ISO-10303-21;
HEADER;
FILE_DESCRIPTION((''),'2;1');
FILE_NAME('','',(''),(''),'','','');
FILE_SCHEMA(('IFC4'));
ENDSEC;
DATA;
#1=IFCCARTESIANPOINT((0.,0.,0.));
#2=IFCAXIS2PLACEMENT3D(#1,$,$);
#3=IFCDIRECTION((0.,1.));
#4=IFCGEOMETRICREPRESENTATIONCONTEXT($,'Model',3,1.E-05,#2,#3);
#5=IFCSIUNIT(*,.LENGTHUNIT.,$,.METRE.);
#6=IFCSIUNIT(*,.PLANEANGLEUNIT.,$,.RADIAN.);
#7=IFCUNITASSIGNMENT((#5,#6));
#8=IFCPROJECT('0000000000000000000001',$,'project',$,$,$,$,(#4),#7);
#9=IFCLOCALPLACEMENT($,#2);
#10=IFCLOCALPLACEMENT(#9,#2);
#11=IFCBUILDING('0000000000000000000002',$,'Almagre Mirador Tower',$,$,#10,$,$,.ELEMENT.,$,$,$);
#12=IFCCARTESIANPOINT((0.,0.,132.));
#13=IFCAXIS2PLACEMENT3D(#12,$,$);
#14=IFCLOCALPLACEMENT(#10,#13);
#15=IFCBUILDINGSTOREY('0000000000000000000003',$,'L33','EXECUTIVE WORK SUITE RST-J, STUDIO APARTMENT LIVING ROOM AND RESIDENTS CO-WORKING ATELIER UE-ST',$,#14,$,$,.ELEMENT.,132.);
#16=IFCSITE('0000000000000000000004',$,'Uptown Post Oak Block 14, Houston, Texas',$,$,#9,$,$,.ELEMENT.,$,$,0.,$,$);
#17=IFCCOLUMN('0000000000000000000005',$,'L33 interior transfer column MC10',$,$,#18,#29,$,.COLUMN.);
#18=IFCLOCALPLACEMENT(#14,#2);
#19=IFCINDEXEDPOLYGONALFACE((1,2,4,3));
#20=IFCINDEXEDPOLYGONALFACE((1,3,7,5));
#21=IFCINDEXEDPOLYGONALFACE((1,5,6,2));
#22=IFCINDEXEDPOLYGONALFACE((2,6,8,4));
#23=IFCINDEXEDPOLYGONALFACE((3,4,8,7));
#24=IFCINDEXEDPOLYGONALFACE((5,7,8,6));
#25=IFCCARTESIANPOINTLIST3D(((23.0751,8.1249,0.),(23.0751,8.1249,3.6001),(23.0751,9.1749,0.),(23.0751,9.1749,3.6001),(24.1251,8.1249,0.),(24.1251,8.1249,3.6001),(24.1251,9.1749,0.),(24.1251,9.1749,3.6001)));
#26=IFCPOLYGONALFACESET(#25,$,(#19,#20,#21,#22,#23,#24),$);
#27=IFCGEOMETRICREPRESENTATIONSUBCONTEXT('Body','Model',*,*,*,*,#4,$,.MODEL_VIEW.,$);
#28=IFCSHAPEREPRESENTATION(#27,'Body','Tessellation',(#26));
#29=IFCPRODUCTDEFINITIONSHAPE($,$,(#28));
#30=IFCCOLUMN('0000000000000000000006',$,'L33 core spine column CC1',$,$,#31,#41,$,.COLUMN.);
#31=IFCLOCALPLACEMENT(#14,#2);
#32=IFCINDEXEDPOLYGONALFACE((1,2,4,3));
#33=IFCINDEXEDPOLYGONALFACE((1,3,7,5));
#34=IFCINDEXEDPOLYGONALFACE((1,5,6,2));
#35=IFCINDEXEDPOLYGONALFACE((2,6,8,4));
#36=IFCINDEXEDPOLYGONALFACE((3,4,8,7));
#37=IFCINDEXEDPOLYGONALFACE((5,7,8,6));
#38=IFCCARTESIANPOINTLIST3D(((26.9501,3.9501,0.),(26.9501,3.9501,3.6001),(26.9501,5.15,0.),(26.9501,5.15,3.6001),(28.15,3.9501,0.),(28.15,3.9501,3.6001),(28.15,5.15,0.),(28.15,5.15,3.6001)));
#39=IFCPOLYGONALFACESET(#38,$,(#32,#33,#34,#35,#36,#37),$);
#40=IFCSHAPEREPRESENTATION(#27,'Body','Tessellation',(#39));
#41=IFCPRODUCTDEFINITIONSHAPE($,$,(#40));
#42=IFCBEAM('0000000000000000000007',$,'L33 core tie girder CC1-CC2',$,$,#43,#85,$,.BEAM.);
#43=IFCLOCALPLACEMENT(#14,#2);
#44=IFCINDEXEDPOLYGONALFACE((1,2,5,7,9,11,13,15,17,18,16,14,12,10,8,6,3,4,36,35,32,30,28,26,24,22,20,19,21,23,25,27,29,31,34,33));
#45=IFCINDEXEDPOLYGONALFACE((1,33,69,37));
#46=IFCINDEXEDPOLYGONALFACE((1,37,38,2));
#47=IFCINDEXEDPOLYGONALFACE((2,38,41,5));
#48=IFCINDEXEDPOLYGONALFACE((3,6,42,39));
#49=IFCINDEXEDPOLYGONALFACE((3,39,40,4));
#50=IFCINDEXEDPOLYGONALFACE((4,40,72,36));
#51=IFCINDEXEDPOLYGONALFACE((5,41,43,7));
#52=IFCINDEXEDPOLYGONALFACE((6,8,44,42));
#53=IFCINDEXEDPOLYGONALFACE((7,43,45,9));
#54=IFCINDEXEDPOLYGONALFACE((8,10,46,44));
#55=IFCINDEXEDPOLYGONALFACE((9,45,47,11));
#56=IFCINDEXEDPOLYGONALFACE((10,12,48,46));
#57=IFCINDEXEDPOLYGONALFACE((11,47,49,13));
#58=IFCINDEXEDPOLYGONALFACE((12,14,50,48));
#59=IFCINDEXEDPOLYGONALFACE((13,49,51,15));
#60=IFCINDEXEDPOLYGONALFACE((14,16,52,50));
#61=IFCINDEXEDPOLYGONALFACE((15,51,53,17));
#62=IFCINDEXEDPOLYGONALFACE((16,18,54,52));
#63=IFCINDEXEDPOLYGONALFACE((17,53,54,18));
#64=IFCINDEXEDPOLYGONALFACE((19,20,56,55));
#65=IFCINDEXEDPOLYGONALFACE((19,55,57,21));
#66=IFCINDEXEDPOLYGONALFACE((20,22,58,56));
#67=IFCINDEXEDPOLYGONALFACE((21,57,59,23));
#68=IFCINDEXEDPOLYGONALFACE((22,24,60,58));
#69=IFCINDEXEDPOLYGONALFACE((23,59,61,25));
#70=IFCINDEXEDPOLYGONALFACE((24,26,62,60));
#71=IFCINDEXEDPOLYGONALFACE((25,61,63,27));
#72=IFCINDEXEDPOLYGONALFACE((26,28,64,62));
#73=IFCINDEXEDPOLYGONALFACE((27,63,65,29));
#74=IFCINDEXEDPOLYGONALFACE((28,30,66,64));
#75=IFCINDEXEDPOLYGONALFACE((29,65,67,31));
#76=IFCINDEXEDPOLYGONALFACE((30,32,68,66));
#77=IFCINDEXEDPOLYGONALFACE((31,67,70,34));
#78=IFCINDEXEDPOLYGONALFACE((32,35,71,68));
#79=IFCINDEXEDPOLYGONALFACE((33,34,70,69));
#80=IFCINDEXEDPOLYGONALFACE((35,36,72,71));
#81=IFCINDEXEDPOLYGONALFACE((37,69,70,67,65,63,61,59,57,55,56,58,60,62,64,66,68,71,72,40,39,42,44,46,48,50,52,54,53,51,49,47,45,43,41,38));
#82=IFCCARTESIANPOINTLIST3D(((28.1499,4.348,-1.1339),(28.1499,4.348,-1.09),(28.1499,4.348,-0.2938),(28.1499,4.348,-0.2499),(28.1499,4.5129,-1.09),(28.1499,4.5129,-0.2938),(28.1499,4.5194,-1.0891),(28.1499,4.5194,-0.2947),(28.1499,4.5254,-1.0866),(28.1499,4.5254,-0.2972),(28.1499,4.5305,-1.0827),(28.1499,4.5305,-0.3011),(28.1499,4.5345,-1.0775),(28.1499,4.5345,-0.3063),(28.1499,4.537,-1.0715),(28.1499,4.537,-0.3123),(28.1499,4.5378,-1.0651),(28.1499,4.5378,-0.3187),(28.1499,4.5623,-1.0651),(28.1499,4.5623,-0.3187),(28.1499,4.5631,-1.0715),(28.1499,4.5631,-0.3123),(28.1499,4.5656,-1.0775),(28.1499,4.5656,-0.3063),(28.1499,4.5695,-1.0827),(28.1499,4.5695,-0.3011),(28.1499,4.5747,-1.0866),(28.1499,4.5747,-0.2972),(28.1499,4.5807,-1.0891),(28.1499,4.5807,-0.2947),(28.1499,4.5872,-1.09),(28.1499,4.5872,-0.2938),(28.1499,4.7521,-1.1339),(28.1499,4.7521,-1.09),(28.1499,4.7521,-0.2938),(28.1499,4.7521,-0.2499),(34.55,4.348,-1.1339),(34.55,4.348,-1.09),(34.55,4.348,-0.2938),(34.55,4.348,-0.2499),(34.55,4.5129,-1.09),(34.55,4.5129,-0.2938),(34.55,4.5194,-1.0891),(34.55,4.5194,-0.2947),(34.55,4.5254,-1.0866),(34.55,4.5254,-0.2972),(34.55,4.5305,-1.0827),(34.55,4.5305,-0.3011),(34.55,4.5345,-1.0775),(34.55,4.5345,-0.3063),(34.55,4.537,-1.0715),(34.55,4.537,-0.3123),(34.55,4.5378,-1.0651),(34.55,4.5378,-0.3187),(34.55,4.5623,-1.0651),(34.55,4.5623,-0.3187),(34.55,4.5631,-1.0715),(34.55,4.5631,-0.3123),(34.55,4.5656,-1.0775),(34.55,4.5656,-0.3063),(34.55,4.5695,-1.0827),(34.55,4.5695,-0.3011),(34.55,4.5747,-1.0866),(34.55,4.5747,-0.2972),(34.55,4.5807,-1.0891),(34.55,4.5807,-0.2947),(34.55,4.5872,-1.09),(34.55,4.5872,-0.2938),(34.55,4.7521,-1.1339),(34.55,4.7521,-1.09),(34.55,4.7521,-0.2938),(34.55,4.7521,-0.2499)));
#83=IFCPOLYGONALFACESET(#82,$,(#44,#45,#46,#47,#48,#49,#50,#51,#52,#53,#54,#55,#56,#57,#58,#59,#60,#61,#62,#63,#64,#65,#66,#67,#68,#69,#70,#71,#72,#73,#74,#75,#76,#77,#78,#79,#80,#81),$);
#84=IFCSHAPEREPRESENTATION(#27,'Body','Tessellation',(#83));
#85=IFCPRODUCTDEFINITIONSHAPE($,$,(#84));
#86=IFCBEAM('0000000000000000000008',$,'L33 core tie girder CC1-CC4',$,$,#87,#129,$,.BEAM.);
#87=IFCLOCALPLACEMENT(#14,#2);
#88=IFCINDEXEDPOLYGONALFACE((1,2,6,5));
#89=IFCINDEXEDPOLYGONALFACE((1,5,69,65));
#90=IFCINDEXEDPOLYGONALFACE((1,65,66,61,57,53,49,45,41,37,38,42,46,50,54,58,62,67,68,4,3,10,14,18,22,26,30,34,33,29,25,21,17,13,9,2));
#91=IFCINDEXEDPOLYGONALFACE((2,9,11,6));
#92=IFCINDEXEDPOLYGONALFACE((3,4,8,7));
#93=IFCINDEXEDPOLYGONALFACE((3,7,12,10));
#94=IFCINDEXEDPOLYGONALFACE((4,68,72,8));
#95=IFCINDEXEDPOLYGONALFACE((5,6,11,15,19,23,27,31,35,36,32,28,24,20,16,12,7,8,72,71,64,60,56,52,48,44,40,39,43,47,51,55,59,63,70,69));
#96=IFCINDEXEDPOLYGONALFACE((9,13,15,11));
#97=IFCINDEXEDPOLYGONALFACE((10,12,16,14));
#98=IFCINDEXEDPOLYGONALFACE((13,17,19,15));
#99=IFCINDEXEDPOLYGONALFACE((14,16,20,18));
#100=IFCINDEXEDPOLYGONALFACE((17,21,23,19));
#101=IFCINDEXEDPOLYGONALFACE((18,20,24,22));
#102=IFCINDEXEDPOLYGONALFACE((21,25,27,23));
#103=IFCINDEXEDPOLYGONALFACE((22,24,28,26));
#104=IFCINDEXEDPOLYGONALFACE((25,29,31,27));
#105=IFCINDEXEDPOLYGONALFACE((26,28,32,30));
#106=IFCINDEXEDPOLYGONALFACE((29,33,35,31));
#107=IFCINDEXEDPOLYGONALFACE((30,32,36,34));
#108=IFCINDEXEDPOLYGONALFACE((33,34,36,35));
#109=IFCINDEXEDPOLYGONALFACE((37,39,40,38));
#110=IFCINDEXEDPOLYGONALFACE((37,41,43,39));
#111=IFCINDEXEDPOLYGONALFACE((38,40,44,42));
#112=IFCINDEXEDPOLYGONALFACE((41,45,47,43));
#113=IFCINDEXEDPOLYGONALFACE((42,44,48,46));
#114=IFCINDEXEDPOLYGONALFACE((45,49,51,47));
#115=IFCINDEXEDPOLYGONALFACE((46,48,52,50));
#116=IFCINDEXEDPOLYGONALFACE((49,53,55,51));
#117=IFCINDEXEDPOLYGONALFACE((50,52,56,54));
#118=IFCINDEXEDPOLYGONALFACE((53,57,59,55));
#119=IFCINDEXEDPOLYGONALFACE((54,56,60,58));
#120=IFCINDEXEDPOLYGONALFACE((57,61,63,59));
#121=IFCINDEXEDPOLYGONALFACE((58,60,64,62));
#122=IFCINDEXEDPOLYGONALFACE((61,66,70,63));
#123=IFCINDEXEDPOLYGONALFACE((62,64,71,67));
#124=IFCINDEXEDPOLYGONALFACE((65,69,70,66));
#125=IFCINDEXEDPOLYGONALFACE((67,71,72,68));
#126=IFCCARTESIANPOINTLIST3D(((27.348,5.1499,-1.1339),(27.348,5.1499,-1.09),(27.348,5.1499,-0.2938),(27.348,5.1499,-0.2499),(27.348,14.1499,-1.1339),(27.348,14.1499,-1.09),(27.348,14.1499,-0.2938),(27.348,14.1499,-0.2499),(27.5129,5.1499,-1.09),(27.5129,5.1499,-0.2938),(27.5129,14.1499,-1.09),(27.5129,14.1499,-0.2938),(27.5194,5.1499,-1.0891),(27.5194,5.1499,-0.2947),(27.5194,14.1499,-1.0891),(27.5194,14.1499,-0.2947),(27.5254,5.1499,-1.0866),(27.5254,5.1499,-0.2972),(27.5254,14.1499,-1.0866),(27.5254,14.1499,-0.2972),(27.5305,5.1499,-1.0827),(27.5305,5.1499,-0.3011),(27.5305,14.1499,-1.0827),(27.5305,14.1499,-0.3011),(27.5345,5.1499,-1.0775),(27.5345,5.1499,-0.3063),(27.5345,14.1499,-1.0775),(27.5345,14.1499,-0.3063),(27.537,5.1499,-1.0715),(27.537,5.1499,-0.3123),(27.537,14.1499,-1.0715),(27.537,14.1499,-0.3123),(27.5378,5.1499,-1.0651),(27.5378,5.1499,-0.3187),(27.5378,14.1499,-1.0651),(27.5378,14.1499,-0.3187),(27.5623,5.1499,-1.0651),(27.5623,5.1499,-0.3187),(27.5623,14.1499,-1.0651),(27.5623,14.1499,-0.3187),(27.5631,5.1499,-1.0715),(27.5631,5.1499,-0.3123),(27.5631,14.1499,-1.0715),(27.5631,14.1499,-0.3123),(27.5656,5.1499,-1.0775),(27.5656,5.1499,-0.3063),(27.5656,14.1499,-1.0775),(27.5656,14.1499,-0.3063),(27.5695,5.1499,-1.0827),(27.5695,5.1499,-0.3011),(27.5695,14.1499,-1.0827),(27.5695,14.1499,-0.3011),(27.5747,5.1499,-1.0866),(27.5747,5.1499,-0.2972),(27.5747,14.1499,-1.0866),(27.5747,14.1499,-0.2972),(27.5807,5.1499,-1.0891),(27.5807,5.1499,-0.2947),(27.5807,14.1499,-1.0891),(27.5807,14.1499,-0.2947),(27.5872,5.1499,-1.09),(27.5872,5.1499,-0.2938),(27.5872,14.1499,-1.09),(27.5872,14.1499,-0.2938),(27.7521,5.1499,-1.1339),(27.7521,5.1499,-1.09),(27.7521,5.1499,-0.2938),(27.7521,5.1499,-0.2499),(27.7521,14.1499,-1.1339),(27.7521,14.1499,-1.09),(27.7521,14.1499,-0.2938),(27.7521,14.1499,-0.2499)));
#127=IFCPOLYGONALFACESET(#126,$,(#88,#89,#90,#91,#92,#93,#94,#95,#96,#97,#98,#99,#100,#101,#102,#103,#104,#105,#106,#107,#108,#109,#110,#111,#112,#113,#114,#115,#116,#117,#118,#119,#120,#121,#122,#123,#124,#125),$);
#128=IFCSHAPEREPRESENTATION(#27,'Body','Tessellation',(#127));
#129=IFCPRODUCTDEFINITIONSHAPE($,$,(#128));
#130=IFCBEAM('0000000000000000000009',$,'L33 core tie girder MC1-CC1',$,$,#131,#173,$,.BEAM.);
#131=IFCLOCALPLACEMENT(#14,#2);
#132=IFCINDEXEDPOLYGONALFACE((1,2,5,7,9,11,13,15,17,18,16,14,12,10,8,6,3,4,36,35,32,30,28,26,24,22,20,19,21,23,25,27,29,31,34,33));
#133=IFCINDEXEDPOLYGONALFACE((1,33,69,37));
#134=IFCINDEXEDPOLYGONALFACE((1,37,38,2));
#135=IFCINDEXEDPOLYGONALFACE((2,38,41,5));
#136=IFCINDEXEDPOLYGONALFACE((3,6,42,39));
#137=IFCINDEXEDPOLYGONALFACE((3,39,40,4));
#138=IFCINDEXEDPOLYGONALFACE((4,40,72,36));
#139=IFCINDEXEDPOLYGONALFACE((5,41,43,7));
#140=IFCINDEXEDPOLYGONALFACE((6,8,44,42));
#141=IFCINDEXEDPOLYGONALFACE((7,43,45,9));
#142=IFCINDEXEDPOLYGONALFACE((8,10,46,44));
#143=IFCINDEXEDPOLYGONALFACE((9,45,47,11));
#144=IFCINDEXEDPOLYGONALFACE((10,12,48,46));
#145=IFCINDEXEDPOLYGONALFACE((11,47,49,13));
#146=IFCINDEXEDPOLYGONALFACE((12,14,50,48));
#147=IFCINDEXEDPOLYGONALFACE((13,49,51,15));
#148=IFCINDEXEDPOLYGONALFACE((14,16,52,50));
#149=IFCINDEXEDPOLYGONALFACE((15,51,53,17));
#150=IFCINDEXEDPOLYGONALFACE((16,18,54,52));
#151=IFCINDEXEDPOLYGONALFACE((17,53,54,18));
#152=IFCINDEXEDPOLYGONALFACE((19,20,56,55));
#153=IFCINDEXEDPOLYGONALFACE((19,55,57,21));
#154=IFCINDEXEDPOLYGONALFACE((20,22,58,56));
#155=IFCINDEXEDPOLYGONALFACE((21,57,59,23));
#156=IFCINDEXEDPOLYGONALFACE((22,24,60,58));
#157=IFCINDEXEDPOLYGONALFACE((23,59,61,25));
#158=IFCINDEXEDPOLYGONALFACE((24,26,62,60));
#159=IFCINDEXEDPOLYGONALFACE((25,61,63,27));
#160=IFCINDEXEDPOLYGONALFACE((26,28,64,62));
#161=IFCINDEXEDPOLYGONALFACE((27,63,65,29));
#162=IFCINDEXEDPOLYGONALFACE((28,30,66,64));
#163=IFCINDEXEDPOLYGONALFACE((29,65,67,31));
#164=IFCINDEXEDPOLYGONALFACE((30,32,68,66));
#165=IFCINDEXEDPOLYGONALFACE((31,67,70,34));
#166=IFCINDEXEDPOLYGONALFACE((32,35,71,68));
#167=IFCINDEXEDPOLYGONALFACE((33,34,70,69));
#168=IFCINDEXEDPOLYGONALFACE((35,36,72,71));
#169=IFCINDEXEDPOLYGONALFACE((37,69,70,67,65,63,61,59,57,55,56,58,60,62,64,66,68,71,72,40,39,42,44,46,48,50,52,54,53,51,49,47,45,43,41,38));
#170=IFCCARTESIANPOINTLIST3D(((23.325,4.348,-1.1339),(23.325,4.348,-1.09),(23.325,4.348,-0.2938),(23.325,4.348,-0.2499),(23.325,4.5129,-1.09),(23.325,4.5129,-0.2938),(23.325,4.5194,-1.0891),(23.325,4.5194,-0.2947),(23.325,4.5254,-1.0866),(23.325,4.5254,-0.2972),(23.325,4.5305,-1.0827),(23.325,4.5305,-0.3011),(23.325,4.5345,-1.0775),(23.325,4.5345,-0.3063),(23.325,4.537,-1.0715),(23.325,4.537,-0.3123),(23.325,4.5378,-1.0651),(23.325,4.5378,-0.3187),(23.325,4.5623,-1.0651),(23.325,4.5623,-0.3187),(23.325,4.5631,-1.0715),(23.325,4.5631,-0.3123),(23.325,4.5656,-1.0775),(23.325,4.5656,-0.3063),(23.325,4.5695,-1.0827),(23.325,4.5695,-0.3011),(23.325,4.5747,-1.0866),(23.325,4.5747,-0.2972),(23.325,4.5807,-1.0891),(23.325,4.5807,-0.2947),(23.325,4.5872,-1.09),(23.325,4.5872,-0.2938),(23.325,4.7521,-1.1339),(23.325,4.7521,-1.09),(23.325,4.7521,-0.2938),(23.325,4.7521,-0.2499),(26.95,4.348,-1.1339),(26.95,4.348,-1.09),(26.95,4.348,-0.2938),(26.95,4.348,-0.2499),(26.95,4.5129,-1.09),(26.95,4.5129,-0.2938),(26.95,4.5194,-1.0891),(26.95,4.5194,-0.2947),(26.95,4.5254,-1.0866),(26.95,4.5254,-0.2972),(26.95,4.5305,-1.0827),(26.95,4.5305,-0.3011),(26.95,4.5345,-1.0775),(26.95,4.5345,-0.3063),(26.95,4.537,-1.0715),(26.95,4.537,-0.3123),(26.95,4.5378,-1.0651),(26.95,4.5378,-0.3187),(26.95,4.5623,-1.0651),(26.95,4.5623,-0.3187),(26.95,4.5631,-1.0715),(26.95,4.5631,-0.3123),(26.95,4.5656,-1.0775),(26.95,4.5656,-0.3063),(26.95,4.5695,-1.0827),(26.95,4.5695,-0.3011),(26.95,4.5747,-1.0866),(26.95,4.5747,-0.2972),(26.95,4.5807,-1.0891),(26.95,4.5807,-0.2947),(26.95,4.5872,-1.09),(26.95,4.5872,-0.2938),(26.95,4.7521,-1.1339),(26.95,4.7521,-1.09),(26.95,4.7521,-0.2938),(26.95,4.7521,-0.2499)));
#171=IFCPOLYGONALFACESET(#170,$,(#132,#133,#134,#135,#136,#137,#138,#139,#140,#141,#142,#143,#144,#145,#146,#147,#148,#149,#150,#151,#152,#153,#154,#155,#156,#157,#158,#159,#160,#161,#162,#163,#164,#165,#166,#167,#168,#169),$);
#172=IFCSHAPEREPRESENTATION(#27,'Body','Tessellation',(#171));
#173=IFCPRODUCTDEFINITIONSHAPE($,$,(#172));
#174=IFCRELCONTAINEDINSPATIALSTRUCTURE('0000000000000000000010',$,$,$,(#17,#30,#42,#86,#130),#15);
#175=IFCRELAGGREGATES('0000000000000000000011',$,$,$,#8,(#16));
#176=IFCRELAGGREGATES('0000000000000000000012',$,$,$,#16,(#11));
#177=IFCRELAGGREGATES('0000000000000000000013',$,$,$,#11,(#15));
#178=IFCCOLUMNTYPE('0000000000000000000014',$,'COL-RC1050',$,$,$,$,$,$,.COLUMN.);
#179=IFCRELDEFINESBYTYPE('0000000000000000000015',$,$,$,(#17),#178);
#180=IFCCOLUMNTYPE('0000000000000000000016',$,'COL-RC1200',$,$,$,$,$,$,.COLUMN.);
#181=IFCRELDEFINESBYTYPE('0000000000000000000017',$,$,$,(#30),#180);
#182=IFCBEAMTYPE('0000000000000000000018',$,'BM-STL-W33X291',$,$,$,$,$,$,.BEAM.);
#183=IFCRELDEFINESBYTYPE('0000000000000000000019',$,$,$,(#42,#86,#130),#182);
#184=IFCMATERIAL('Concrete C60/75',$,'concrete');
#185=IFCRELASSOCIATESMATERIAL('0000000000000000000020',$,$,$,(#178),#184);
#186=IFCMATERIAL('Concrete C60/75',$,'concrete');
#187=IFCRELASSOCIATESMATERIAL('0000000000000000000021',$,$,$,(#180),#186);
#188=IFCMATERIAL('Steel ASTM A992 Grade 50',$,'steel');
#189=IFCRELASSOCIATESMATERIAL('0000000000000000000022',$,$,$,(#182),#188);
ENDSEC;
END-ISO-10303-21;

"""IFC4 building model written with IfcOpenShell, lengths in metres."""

from ifc_helpers import new_model, si_unit, direction, frame, origin, origin_2d, place, context, subcontext, project, spatial, rectangle, i_section, extrude, material, material_profile, profile_set, type_object, element, save


model = new_model("IFC4")

# Units and contexts
model_context = context("Model", 3, precision=1e-05, world=origin(), true_north=direction((0.0, 1.0)))
body_context = subcontext(model_context, "Body", "Model", "MODEL_VIEW")
ifc_project = project(units=[si_unit("LENGTHUNIT", "METRE"), si_unit("PLANEANGLEUNIT", "RADIAN")], contexts=[model_context])

# Site, building, storey
site_placement = place(None, origin())
site = spatial("IfcSite", under=ifc_project, at=site_placement, Name="Uptown Post Oak Block 14, Houston, Texas", CompositionType="ELEMENT", RefElevation=0.0)
building_placement = place(site_placement, origin())
building = spatial("IfcBuilding", under=site, at=building_placement, Name="Almagre Mirador Tower", CompositionType="ELEMENT")
storey_placement = place(building_placement, frame((0.0, 0.0, 132.0)))
storey = spatial("IfcBuildingStorey", under=building, at=storey_placement, Name="L33", Description="EXECUTIVE WORK SUITE RST-J, STUDIO APARTMENT LIVING ROOM AND RESIDENTS CO-WORKING ATELIER UE-ST", CompositionType="ELEMENT", Elevation=132.0)

# Columns
ifc_material_1 = material(Name="Concrete C60/75", Category="concrete")
ifc_material_profile_1 = material_profile(ifc_material_1, rectangle(XDim=1.05, YDim=1.05, at=origin_2d()), Name="RC1050X1050")
ifc_profile_set_1 = profile_set([ifc_material_profile_1], Name="Concrete C60/75")
column_type_1 = type_object("IfcColumnType", Name="COL-RC1050", PredefinedType="COLUMN", material=ifc_profile_set_1)
column_1_placement = place(storey_placement, frame((23.6001, 8.6499, 0.0), z_axis=(0.0, 0.0, 1.0), x_axis=(1.0, 0.0, 0.0)))
element("IfcColumn", 1, at=column_1_placement, inside=storey, type_object=column_type_1, Name="L33 interior transfer column MC10", PredefinedType="COLUMN", context=body_context, shape_type="SweptSolid", body=[
    extrude(rectangle(XDim=1.05, YDim=1.05, at=origin_2d()), origin(), (0.0, 0.0, 1.0), 3.6001),
])
ifc_material_2 = material(Name="Concrete C60/75", Category="concrete")
ifc_material_profile_2 = material_profile(ifc_material_2, rectangle(XDim=1.2, YDim=1.2, at=origin_2d()), Name="RC1200X1200")
ifc_profile_set_2 = profile_set([ifc_material_profile_2], Name="Concrete C60/75")
column_type_2 = type_object("IfcColumnType", Name="COL-RC1200", PredefinedType="COLUMN", material=ifc_profile_set_2)
column_2_placement = place(storey_placement, frame((27.55, 4.55, 0.0), z_axis=(0.0, 0.0, 1.0), x_axis=(1.0, 0.0, 0.0)))
element("IfcColumn", 2, at=column_2_placement, inside=storey, type_object=column_type_2, Name="L33 core spine column CC1", PredefinedType="COLUMN", context=body_context, shape_type="SweptSolid", body=[
    extrude(rectangle(XDim=1.2, YDim=1.2, at=origin_2d()), origin(), (0.0, 0.0, 1.0), 3.6001),
])

# Beams
ifc_material_3 = material(Name="Steel ASTM A992 Grade 50", Category="steel")
ifc_material_profile_3 = material_profile(ifc_material_3, i_section(OverallWidth=0.4041, OverallDepth=0.884, WebThickness=0.0244, FlangeThickness=0.0439, FilletRadius=0.0249, at=origin_2d()), Name="W33X291")
ifc_profile_set_3 = profile_set([ifc_material_profile_3], Name="Steel ASTM A992 Grade 50")
beam_type = type_object("IfcBeamType", Name="BM-STL-W33X291", PredefinedType="BEAM", material=ifc_profile_set_3)
beam_1_placement = place(storey_placement, frame((28.1499, 4.55, -0.6919), z_axis=(1.0, 0.0, 0.0), x_axis=(0.0, 1.0, 0.0)))
element("IfcBeam", 3, at=beam_1_placement, inside=storey, type_object=beam_type, Name="L33 core tie girder CC1-CC2", PredefinedType="BEAM", context=body_context, shape_type="SweptSolid", body=[
    extrude(i_section(OverallWidth=0.4041, OverallDepth=0.884, WebThickness=0.0244, FlangeThickness=0.0439, FilletRadius=0.0249, at=origin_2d()), origin(), (0.0, 0.0, 1.0), 6.4001),
])
beam_2_placement = place(storey_placement, frame((27.55, 5.1499, -0.6919), z_axis=(0.0, 1.0, 0.0), x_axis=(-1.0, 0.0, 0.0)))
element("IfcBeam", 4, at=beam_2_placement, inside=storey, type_object=beam_type, Name="L33 core tie girder CC1-CC4", PredefinedType="BEAM", context=body_context, shape_type="SweptSolid", body=[
    extrude(i_section(OverallWidth=0.4041, OverallDepth=0.884, WebThickness=0.0244, FlangeThickness=0.0439, FilletRadius=0.0249, at=origin_2d()), origin(), (0.0, 0.0, 1.0), 9.0),
])
beam_3_placement = place(storey_placement, frame((23.325, 4.55, -0.6919), z_axis=(1.0, 0.0, 0.0), x_axis=(0.0, 1.0, 0.0)))
element("IfcBeam", 5, at=beam_3_placement, inside=storey, type_object=beam_type, Name="L33 core tie girder MC1-CC1", PredefinedType="BEAM", context=body_context, shape_type="SweptSolid", body=[
    extrude(i_section(OverallWidth=0.4041, OverallDepth=0.884, WebThickness=0.0244, FlangeThickness=0.0439, FilletRadius=0.0249, at=origin_2d()), origin(), (0.0, 0.0, 1.0), 3.625),
])

save(model, "model.ifc")
